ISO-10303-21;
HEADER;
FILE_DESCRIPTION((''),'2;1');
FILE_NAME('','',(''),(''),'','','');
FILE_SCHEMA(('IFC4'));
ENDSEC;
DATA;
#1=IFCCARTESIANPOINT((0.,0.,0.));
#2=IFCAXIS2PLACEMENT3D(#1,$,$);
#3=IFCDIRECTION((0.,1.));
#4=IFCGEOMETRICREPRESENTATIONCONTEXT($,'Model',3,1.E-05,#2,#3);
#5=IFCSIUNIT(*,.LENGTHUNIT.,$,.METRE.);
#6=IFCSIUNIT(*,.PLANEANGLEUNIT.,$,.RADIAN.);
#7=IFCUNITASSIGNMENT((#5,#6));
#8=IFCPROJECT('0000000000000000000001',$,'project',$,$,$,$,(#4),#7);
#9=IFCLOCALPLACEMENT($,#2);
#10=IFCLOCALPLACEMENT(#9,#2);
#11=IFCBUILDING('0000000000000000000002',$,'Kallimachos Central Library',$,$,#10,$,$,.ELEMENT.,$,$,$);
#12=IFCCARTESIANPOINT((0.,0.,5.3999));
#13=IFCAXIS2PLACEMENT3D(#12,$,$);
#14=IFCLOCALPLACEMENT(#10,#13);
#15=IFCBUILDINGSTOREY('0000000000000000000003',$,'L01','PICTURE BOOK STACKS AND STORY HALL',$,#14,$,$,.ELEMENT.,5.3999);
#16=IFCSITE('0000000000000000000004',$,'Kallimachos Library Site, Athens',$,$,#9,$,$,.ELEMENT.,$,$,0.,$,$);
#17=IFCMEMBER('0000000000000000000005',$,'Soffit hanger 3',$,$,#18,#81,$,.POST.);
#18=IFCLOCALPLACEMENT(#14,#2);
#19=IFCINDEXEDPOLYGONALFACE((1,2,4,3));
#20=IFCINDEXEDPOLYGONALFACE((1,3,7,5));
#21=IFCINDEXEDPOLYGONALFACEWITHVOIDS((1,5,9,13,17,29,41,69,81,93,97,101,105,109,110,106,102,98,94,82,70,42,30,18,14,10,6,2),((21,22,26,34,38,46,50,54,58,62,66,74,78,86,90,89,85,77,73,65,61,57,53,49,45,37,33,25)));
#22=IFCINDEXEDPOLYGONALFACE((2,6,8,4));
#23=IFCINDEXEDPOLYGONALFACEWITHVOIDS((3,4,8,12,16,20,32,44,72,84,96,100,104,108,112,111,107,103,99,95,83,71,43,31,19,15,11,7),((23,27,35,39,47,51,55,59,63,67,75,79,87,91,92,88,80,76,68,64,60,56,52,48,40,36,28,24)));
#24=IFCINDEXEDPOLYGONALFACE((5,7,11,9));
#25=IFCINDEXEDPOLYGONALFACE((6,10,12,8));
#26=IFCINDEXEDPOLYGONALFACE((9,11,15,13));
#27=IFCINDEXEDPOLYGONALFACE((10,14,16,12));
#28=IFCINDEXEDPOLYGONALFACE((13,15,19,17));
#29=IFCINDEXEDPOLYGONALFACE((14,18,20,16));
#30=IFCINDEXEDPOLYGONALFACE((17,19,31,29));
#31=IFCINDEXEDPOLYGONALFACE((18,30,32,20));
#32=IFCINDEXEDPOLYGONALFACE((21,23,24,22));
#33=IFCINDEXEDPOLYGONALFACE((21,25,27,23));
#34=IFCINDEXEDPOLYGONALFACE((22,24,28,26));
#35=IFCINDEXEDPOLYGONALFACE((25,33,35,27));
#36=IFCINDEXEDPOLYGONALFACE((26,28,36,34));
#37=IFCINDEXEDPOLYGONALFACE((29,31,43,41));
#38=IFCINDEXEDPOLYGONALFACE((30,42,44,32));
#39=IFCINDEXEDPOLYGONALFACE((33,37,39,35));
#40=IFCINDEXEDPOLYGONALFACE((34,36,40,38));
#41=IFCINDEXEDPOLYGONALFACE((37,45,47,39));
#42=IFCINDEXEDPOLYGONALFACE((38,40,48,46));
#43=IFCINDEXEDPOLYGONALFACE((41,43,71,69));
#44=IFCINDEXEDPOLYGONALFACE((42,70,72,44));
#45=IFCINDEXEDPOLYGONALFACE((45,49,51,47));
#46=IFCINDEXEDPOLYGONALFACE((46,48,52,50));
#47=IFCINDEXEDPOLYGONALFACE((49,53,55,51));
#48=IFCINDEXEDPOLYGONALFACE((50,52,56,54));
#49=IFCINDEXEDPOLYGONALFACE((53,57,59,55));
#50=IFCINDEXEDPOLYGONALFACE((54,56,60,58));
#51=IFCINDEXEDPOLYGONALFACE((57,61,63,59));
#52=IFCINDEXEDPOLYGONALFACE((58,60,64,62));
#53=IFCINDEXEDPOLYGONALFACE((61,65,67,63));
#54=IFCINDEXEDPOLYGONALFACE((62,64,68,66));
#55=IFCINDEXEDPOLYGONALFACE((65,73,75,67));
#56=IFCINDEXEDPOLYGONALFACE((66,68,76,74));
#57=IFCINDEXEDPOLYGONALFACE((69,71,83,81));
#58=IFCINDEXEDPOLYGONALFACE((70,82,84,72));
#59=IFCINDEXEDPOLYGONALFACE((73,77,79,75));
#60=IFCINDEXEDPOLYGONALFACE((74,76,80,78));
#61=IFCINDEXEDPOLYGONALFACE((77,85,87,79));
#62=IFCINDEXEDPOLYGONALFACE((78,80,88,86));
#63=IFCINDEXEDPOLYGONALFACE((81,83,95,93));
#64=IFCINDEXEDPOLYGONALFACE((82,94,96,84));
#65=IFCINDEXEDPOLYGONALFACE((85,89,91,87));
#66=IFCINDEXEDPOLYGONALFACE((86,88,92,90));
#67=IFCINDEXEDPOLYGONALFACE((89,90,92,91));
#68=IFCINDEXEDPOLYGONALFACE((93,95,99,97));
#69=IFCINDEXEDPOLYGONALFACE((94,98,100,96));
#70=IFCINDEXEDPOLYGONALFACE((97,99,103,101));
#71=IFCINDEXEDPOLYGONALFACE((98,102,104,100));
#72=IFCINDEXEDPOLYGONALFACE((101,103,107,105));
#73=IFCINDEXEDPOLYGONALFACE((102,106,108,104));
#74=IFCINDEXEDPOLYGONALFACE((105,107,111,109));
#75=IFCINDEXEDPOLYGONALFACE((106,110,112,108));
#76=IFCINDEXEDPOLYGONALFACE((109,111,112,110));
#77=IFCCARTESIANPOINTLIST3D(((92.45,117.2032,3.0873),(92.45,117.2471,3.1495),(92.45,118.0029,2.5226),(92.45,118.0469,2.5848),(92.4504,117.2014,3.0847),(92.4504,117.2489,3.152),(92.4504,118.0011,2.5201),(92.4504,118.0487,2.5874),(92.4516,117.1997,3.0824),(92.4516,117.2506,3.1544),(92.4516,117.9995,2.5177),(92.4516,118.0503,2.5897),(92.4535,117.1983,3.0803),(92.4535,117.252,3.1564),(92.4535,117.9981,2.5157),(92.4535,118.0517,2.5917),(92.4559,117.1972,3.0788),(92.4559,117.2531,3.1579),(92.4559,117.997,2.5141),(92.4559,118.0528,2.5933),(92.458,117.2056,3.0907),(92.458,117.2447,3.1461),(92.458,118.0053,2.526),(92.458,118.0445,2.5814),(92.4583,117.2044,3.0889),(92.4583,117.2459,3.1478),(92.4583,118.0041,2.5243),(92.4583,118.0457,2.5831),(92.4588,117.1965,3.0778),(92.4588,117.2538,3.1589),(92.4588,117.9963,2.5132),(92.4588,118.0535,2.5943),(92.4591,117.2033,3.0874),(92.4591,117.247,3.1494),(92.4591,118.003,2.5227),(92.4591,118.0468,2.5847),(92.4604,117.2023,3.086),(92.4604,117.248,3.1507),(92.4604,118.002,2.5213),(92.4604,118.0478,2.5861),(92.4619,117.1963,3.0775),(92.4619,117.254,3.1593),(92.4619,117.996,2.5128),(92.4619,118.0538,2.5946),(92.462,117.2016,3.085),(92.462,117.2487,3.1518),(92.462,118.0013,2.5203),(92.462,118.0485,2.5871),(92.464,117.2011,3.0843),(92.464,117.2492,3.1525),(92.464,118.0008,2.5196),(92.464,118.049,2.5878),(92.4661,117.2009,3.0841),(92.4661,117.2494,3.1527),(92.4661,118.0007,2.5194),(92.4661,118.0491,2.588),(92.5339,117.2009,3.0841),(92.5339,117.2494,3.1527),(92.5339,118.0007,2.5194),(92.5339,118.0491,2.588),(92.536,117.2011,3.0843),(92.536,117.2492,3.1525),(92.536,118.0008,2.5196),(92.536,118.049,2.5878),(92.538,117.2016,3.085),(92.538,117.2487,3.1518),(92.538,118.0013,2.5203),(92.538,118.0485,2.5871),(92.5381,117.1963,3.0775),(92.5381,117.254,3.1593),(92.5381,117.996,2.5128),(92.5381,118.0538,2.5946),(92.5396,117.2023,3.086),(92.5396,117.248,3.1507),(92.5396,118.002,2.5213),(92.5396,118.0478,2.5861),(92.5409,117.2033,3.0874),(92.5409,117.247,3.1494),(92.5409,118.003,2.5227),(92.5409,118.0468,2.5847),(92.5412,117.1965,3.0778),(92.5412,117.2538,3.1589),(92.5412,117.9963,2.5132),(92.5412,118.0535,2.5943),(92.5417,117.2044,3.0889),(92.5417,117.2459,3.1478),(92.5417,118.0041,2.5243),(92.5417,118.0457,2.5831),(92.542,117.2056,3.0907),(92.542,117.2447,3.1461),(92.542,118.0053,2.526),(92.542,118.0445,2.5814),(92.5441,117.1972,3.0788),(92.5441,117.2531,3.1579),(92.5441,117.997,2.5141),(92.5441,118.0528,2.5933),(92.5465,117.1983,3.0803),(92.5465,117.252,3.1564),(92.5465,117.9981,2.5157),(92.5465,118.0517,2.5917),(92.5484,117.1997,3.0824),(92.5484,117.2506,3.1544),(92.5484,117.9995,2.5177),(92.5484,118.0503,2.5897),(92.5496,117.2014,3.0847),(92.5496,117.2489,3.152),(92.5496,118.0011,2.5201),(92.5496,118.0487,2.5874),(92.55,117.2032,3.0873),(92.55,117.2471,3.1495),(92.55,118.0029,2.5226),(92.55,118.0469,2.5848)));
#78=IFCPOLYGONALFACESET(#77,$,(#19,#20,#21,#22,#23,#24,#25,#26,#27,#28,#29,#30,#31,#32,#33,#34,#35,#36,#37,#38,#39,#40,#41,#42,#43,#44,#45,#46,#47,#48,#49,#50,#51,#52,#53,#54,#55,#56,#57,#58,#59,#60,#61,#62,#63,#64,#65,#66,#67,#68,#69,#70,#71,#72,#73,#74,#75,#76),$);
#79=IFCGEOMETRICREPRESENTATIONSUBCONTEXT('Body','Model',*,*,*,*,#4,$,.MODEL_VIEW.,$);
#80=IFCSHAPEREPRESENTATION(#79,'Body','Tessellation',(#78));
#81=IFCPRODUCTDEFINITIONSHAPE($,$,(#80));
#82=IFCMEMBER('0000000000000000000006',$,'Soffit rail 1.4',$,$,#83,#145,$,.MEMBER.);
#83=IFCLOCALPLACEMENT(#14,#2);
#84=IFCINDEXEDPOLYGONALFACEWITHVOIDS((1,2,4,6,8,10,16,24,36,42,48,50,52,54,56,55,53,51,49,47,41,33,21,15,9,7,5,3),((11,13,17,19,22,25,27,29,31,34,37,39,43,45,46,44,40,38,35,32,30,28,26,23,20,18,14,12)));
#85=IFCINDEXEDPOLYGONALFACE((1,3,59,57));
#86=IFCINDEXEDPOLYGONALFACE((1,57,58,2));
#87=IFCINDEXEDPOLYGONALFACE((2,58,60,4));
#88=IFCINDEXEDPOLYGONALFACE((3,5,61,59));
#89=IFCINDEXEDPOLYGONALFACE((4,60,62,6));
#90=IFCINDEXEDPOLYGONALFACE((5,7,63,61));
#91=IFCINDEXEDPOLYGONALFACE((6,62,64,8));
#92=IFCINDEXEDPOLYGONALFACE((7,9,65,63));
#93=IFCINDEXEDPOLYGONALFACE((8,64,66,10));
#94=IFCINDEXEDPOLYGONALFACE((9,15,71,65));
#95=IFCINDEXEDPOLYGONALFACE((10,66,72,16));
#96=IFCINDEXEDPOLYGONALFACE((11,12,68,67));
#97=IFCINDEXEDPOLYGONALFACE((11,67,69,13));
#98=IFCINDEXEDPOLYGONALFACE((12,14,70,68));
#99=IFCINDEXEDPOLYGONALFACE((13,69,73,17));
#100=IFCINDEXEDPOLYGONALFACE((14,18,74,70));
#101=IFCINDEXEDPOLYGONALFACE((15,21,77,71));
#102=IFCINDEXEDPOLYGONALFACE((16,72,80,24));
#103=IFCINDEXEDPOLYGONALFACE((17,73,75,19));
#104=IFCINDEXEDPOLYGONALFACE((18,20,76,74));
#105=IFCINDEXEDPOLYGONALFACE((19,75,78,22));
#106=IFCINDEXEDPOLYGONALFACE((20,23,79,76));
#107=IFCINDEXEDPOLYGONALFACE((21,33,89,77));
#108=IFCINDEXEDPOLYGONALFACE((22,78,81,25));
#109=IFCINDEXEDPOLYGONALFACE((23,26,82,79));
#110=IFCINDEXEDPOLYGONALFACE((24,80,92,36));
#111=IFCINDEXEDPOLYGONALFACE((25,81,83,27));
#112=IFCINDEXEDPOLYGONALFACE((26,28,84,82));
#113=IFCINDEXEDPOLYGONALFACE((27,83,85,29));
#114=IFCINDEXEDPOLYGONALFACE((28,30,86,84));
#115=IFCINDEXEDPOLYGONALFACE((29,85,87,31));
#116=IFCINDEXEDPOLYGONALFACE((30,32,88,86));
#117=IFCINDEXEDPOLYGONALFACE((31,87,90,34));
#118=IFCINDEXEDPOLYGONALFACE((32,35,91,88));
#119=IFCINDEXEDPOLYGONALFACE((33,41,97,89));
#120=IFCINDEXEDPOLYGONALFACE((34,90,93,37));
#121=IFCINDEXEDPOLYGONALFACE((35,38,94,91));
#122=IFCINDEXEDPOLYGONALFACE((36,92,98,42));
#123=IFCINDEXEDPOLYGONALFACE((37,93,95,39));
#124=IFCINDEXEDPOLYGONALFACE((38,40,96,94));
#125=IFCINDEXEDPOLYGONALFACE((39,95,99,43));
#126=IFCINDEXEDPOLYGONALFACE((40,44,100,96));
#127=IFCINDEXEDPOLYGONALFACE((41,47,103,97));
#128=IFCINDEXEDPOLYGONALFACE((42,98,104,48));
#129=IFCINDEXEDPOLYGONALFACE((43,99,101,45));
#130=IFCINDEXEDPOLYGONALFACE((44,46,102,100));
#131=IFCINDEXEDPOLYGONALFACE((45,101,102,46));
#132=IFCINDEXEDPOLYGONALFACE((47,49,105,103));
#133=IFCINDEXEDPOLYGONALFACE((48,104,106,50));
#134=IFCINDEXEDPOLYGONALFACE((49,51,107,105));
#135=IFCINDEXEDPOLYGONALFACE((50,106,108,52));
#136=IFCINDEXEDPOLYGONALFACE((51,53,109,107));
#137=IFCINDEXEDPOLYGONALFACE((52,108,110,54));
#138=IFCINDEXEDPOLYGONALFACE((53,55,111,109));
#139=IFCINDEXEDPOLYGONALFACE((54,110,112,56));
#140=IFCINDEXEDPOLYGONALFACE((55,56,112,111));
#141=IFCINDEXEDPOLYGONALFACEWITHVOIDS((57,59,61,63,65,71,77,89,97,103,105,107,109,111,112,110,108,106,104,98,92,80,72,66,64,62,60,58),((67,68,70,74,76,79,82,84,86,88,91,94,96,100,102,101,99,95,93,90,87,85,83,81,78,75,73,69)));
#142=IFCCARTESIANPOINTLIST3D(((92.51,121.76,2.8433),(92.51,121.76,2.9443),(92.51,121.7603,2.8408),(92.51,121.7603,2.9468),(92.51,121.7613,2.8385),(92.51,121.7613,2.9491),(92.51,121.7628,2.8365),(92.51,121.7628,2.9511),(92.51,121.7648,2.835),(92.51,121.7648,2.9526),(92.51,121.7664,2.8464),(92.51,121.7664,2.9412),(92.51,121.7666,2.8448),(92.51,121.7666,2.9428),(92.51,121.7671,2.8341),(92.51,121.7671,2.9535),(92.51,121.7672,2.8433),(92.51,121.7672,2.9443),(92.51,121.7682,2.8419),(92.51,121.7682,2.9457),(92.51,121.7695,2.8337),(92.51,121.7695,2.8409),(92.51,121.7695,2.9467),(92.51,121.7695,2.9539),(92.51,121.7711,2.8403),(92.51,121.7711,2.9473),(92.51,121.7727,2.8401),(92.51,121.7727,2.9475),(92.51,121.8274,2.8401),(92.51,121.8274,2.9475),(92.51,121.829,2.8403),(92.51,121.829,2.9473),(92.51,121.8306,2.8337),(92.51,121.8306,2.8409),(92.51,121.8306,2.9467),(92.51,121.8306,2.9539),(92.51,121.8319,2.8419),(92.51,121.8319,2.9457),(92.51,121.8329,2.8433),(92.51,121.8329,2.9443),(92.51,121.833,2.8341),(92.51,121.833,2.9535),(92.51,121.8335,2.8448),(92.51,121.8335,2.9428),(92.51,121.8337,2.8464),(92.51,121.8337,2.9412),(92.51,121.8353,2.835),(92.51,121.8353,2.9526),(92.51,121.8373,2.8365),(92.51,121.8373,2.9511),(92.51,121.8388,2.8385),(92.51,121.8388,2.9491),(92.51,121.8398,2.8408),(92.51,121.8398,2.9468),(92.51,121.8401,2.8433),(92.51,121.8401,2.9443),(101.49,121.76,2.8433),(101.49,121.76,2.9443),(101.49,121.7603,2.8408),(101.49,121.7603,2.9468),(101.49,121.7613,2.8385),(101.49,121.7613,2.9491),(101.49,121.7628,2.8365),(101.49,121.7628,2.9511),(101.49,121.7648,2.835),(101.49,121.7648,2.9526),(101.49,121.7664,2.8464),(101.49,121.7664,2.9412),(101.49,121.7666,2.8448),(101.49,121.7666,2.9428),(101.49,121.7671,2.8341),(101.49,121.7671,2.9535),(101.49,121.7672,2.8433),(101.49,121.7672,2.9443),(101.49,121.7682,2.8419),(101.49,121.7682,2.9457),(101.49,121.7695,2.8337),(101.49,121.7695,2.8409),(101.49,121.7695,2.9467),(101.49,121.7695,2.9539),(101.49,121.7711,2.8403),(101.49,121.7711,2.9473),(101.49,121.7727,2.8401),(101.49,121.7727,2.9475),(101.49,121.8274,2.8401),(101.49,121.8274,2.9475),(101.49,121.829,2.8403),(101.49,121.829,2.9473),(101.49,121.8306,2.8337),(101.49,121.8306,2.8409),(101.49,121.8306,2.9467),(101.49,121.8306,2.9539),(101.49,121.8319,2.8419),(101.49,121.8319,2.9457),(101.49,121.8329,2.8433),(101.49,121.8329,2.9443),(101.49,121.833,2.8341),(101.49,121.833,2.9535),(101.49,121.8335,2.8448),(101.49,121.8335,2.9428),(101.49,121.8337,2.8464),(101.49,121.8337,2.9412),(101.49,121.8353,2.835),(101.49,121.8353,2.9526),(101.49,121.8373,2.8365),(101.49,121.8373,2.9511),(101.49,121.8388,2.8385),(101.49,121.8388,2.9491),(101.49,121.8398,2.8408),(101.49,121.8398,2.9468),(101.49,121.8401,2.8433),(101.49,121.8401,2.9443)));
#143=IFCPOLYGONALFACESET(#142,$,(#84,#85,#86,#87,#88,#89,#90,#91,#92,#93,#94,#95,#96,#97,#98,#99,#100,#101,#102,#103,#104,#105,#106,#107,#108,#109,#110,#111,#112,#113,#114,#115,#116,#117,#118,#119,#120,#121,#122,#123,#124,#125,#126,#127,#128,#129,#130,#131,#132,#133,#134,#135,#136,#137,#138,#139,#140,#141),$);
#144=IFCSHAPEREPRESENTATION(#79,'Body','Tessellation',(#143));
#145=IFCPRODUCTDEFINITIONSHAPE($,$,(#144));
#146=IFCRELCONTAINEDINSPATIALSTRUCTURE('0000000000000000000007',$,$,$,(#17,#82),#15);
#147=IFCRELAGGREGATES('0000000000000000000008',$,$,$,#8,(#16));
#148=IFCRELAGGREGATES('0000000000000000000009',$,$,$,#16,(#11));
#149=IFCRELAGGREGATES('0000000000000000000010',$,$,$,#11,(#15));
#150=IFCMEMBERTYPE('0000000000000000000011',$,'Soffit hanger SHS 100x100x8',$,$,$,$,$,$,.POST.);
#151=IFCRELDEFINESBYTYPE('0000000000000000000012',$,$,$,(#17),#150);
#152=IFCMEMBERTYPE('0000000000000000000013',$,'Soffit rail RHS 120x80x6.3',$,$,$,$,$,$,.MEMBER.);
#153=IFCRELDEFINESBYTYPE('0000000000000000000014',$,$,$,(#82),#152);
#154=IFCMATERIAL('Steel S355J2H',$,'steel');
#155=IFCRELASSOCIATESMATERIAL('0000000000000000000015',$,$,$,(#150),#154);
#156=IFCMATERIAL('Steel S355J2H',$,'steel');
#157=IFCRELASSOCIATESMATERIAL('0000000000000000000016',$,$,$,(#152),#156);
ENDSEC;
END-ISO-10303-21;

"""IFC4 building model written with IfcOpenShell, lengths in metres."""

from ifc_helpers import new_model, si_unit, direction, frame, origin, origin_2d, place, context, subcontext, project, spatial, hollow_rectangle, extrude, material, material_profile, profile_set, type_object, element, save


model = new_model("IFC4")

# Units and contexts
model_context = context("Model", 3, precision=1e-05, world=origin(), true_north=direction((0.0, 1.0)))
body_context = subcontext(model_context, "Body", "Model", "MODEL_VIEW")
ifc_project = project(units=[si_unit("LENGTHUNIT", "METRE"), si_unit("PLANEANGLEUNIT", "RADIAN")], contexts=[model_context])

# Site, building, storey
site_placement = place(None, origin())
site = spatial("IfcSite", under=ifc_project, at=site_placement, Name="Kallimachos Library Site, Athens", CompositionType="ELEMENT", RefElevation=0.0)
building_placement = place(site_placement, origin())
building = spatial("IfcBuilding", under=site, at=building_placement, Name="Kallimachos Central Library", CompositionType="ELEMENT")
storey_placement = place(building_placement, frame((0.0, 0.0, 5.3999)))
storey = spatial("IfcBuildingStorey", under=building, at=storey_placement, Name="L01", Description="PICTURE BOOK STACKS AND STORY HALL", CompositionType="ELEMENT", Elevation=5.3999)

# Members
ifc_material_1 = material(Name="Steel S355J2H", Category="steel")
ifc_material_profile_1 = material_profile(ifc_material_1, hollow_rectangle(XDim=0.1001, YDim=0.1001, WallThickness=0.0081, InnerFilletRadius=0.0081, OuterFilletRadius=0.012, at=origin_2d()), Name="SHS 100x100x8")
ifc_profile_set_1 = profile_set([ifc_material_profile_1], Name="Steel S355J2H")
member_type_1 = type_object("IfcMemberType", Name="Soffit hanger SHS 100x100x8", PredefinedType="POST", material=ifc_profile_set_1)
member_1_placement = place(storey_placement, frame((92.5, 118.0249, 2.5537), z_axis=(0.0, -0.816906, 0.576771), x_axis=(1.0, 0.0, 0.0)))
element("IfcMember", 1, at=member_1_placement, inside=storey, type_object=member_type_1, Name="Soffit hanger 3", PredefinedType="POST", context=body_context, shape_type="SweptSolid", body=[
    extrude(hollow_rectangle(XDim=0.1001, YDim=0.1001, WallThickness=0.0081, InnerFilletRadius=0.0081, OuterFilletRadius=0.012, at=origin_2d()), origin(), (0.0, 0.0, 1.0), 0.979),
])
ifc_material_2 = material(Name="Steel S355J2H", Category="steel")
ifc_material_profile_2 = material_profile(ifc_material_2, hollow_rectangle(XDim=0.0801, YDim=0.1201, WallThickness=0.0063, InnerFilletRadius=0.0063, OuterFilletRadius=0.0095, at=origin_2d()), Name="RHS 120x80x6.3")
ifc_profile_set_2 = profile_set([ifc_material_profile_2], Name="Steel S355J2H")
member_type_2 = type_object("IfcMemberType", Name="Soffit rail RHS 120x80x6.3", PredefinedType="MEMBER", material=ifc_profile_set_2)
for number, where, z_axis, x_axis, name in (
    (2, (92.51, 121.8, 2.8938), (1.0, 0.0, 0.0), (0.0, 1.0, 0.0), "Soffit rail 1.4"),
):
    element("IfcMember", number, at=place(storey_placement, frame(where, z_axis=z_axis, x_axis=x_axis)), inside=storey, type_object=member_type_2, Name=name, PredefinedType="MEMBER", context=body_context, shape_type="SweptSolid", body=[
        extrude(hollow_rectangle(XDim=0.0801, YDim=0.1201, WallThickness=0.0063, InnerFilletRadius=0.0063, OuterFilletRadius=0.0095, at=origin_2d()), origin(), (0.0, 0.0, 1.0), 8.98),
    ])

save(model, "model.ifc")
